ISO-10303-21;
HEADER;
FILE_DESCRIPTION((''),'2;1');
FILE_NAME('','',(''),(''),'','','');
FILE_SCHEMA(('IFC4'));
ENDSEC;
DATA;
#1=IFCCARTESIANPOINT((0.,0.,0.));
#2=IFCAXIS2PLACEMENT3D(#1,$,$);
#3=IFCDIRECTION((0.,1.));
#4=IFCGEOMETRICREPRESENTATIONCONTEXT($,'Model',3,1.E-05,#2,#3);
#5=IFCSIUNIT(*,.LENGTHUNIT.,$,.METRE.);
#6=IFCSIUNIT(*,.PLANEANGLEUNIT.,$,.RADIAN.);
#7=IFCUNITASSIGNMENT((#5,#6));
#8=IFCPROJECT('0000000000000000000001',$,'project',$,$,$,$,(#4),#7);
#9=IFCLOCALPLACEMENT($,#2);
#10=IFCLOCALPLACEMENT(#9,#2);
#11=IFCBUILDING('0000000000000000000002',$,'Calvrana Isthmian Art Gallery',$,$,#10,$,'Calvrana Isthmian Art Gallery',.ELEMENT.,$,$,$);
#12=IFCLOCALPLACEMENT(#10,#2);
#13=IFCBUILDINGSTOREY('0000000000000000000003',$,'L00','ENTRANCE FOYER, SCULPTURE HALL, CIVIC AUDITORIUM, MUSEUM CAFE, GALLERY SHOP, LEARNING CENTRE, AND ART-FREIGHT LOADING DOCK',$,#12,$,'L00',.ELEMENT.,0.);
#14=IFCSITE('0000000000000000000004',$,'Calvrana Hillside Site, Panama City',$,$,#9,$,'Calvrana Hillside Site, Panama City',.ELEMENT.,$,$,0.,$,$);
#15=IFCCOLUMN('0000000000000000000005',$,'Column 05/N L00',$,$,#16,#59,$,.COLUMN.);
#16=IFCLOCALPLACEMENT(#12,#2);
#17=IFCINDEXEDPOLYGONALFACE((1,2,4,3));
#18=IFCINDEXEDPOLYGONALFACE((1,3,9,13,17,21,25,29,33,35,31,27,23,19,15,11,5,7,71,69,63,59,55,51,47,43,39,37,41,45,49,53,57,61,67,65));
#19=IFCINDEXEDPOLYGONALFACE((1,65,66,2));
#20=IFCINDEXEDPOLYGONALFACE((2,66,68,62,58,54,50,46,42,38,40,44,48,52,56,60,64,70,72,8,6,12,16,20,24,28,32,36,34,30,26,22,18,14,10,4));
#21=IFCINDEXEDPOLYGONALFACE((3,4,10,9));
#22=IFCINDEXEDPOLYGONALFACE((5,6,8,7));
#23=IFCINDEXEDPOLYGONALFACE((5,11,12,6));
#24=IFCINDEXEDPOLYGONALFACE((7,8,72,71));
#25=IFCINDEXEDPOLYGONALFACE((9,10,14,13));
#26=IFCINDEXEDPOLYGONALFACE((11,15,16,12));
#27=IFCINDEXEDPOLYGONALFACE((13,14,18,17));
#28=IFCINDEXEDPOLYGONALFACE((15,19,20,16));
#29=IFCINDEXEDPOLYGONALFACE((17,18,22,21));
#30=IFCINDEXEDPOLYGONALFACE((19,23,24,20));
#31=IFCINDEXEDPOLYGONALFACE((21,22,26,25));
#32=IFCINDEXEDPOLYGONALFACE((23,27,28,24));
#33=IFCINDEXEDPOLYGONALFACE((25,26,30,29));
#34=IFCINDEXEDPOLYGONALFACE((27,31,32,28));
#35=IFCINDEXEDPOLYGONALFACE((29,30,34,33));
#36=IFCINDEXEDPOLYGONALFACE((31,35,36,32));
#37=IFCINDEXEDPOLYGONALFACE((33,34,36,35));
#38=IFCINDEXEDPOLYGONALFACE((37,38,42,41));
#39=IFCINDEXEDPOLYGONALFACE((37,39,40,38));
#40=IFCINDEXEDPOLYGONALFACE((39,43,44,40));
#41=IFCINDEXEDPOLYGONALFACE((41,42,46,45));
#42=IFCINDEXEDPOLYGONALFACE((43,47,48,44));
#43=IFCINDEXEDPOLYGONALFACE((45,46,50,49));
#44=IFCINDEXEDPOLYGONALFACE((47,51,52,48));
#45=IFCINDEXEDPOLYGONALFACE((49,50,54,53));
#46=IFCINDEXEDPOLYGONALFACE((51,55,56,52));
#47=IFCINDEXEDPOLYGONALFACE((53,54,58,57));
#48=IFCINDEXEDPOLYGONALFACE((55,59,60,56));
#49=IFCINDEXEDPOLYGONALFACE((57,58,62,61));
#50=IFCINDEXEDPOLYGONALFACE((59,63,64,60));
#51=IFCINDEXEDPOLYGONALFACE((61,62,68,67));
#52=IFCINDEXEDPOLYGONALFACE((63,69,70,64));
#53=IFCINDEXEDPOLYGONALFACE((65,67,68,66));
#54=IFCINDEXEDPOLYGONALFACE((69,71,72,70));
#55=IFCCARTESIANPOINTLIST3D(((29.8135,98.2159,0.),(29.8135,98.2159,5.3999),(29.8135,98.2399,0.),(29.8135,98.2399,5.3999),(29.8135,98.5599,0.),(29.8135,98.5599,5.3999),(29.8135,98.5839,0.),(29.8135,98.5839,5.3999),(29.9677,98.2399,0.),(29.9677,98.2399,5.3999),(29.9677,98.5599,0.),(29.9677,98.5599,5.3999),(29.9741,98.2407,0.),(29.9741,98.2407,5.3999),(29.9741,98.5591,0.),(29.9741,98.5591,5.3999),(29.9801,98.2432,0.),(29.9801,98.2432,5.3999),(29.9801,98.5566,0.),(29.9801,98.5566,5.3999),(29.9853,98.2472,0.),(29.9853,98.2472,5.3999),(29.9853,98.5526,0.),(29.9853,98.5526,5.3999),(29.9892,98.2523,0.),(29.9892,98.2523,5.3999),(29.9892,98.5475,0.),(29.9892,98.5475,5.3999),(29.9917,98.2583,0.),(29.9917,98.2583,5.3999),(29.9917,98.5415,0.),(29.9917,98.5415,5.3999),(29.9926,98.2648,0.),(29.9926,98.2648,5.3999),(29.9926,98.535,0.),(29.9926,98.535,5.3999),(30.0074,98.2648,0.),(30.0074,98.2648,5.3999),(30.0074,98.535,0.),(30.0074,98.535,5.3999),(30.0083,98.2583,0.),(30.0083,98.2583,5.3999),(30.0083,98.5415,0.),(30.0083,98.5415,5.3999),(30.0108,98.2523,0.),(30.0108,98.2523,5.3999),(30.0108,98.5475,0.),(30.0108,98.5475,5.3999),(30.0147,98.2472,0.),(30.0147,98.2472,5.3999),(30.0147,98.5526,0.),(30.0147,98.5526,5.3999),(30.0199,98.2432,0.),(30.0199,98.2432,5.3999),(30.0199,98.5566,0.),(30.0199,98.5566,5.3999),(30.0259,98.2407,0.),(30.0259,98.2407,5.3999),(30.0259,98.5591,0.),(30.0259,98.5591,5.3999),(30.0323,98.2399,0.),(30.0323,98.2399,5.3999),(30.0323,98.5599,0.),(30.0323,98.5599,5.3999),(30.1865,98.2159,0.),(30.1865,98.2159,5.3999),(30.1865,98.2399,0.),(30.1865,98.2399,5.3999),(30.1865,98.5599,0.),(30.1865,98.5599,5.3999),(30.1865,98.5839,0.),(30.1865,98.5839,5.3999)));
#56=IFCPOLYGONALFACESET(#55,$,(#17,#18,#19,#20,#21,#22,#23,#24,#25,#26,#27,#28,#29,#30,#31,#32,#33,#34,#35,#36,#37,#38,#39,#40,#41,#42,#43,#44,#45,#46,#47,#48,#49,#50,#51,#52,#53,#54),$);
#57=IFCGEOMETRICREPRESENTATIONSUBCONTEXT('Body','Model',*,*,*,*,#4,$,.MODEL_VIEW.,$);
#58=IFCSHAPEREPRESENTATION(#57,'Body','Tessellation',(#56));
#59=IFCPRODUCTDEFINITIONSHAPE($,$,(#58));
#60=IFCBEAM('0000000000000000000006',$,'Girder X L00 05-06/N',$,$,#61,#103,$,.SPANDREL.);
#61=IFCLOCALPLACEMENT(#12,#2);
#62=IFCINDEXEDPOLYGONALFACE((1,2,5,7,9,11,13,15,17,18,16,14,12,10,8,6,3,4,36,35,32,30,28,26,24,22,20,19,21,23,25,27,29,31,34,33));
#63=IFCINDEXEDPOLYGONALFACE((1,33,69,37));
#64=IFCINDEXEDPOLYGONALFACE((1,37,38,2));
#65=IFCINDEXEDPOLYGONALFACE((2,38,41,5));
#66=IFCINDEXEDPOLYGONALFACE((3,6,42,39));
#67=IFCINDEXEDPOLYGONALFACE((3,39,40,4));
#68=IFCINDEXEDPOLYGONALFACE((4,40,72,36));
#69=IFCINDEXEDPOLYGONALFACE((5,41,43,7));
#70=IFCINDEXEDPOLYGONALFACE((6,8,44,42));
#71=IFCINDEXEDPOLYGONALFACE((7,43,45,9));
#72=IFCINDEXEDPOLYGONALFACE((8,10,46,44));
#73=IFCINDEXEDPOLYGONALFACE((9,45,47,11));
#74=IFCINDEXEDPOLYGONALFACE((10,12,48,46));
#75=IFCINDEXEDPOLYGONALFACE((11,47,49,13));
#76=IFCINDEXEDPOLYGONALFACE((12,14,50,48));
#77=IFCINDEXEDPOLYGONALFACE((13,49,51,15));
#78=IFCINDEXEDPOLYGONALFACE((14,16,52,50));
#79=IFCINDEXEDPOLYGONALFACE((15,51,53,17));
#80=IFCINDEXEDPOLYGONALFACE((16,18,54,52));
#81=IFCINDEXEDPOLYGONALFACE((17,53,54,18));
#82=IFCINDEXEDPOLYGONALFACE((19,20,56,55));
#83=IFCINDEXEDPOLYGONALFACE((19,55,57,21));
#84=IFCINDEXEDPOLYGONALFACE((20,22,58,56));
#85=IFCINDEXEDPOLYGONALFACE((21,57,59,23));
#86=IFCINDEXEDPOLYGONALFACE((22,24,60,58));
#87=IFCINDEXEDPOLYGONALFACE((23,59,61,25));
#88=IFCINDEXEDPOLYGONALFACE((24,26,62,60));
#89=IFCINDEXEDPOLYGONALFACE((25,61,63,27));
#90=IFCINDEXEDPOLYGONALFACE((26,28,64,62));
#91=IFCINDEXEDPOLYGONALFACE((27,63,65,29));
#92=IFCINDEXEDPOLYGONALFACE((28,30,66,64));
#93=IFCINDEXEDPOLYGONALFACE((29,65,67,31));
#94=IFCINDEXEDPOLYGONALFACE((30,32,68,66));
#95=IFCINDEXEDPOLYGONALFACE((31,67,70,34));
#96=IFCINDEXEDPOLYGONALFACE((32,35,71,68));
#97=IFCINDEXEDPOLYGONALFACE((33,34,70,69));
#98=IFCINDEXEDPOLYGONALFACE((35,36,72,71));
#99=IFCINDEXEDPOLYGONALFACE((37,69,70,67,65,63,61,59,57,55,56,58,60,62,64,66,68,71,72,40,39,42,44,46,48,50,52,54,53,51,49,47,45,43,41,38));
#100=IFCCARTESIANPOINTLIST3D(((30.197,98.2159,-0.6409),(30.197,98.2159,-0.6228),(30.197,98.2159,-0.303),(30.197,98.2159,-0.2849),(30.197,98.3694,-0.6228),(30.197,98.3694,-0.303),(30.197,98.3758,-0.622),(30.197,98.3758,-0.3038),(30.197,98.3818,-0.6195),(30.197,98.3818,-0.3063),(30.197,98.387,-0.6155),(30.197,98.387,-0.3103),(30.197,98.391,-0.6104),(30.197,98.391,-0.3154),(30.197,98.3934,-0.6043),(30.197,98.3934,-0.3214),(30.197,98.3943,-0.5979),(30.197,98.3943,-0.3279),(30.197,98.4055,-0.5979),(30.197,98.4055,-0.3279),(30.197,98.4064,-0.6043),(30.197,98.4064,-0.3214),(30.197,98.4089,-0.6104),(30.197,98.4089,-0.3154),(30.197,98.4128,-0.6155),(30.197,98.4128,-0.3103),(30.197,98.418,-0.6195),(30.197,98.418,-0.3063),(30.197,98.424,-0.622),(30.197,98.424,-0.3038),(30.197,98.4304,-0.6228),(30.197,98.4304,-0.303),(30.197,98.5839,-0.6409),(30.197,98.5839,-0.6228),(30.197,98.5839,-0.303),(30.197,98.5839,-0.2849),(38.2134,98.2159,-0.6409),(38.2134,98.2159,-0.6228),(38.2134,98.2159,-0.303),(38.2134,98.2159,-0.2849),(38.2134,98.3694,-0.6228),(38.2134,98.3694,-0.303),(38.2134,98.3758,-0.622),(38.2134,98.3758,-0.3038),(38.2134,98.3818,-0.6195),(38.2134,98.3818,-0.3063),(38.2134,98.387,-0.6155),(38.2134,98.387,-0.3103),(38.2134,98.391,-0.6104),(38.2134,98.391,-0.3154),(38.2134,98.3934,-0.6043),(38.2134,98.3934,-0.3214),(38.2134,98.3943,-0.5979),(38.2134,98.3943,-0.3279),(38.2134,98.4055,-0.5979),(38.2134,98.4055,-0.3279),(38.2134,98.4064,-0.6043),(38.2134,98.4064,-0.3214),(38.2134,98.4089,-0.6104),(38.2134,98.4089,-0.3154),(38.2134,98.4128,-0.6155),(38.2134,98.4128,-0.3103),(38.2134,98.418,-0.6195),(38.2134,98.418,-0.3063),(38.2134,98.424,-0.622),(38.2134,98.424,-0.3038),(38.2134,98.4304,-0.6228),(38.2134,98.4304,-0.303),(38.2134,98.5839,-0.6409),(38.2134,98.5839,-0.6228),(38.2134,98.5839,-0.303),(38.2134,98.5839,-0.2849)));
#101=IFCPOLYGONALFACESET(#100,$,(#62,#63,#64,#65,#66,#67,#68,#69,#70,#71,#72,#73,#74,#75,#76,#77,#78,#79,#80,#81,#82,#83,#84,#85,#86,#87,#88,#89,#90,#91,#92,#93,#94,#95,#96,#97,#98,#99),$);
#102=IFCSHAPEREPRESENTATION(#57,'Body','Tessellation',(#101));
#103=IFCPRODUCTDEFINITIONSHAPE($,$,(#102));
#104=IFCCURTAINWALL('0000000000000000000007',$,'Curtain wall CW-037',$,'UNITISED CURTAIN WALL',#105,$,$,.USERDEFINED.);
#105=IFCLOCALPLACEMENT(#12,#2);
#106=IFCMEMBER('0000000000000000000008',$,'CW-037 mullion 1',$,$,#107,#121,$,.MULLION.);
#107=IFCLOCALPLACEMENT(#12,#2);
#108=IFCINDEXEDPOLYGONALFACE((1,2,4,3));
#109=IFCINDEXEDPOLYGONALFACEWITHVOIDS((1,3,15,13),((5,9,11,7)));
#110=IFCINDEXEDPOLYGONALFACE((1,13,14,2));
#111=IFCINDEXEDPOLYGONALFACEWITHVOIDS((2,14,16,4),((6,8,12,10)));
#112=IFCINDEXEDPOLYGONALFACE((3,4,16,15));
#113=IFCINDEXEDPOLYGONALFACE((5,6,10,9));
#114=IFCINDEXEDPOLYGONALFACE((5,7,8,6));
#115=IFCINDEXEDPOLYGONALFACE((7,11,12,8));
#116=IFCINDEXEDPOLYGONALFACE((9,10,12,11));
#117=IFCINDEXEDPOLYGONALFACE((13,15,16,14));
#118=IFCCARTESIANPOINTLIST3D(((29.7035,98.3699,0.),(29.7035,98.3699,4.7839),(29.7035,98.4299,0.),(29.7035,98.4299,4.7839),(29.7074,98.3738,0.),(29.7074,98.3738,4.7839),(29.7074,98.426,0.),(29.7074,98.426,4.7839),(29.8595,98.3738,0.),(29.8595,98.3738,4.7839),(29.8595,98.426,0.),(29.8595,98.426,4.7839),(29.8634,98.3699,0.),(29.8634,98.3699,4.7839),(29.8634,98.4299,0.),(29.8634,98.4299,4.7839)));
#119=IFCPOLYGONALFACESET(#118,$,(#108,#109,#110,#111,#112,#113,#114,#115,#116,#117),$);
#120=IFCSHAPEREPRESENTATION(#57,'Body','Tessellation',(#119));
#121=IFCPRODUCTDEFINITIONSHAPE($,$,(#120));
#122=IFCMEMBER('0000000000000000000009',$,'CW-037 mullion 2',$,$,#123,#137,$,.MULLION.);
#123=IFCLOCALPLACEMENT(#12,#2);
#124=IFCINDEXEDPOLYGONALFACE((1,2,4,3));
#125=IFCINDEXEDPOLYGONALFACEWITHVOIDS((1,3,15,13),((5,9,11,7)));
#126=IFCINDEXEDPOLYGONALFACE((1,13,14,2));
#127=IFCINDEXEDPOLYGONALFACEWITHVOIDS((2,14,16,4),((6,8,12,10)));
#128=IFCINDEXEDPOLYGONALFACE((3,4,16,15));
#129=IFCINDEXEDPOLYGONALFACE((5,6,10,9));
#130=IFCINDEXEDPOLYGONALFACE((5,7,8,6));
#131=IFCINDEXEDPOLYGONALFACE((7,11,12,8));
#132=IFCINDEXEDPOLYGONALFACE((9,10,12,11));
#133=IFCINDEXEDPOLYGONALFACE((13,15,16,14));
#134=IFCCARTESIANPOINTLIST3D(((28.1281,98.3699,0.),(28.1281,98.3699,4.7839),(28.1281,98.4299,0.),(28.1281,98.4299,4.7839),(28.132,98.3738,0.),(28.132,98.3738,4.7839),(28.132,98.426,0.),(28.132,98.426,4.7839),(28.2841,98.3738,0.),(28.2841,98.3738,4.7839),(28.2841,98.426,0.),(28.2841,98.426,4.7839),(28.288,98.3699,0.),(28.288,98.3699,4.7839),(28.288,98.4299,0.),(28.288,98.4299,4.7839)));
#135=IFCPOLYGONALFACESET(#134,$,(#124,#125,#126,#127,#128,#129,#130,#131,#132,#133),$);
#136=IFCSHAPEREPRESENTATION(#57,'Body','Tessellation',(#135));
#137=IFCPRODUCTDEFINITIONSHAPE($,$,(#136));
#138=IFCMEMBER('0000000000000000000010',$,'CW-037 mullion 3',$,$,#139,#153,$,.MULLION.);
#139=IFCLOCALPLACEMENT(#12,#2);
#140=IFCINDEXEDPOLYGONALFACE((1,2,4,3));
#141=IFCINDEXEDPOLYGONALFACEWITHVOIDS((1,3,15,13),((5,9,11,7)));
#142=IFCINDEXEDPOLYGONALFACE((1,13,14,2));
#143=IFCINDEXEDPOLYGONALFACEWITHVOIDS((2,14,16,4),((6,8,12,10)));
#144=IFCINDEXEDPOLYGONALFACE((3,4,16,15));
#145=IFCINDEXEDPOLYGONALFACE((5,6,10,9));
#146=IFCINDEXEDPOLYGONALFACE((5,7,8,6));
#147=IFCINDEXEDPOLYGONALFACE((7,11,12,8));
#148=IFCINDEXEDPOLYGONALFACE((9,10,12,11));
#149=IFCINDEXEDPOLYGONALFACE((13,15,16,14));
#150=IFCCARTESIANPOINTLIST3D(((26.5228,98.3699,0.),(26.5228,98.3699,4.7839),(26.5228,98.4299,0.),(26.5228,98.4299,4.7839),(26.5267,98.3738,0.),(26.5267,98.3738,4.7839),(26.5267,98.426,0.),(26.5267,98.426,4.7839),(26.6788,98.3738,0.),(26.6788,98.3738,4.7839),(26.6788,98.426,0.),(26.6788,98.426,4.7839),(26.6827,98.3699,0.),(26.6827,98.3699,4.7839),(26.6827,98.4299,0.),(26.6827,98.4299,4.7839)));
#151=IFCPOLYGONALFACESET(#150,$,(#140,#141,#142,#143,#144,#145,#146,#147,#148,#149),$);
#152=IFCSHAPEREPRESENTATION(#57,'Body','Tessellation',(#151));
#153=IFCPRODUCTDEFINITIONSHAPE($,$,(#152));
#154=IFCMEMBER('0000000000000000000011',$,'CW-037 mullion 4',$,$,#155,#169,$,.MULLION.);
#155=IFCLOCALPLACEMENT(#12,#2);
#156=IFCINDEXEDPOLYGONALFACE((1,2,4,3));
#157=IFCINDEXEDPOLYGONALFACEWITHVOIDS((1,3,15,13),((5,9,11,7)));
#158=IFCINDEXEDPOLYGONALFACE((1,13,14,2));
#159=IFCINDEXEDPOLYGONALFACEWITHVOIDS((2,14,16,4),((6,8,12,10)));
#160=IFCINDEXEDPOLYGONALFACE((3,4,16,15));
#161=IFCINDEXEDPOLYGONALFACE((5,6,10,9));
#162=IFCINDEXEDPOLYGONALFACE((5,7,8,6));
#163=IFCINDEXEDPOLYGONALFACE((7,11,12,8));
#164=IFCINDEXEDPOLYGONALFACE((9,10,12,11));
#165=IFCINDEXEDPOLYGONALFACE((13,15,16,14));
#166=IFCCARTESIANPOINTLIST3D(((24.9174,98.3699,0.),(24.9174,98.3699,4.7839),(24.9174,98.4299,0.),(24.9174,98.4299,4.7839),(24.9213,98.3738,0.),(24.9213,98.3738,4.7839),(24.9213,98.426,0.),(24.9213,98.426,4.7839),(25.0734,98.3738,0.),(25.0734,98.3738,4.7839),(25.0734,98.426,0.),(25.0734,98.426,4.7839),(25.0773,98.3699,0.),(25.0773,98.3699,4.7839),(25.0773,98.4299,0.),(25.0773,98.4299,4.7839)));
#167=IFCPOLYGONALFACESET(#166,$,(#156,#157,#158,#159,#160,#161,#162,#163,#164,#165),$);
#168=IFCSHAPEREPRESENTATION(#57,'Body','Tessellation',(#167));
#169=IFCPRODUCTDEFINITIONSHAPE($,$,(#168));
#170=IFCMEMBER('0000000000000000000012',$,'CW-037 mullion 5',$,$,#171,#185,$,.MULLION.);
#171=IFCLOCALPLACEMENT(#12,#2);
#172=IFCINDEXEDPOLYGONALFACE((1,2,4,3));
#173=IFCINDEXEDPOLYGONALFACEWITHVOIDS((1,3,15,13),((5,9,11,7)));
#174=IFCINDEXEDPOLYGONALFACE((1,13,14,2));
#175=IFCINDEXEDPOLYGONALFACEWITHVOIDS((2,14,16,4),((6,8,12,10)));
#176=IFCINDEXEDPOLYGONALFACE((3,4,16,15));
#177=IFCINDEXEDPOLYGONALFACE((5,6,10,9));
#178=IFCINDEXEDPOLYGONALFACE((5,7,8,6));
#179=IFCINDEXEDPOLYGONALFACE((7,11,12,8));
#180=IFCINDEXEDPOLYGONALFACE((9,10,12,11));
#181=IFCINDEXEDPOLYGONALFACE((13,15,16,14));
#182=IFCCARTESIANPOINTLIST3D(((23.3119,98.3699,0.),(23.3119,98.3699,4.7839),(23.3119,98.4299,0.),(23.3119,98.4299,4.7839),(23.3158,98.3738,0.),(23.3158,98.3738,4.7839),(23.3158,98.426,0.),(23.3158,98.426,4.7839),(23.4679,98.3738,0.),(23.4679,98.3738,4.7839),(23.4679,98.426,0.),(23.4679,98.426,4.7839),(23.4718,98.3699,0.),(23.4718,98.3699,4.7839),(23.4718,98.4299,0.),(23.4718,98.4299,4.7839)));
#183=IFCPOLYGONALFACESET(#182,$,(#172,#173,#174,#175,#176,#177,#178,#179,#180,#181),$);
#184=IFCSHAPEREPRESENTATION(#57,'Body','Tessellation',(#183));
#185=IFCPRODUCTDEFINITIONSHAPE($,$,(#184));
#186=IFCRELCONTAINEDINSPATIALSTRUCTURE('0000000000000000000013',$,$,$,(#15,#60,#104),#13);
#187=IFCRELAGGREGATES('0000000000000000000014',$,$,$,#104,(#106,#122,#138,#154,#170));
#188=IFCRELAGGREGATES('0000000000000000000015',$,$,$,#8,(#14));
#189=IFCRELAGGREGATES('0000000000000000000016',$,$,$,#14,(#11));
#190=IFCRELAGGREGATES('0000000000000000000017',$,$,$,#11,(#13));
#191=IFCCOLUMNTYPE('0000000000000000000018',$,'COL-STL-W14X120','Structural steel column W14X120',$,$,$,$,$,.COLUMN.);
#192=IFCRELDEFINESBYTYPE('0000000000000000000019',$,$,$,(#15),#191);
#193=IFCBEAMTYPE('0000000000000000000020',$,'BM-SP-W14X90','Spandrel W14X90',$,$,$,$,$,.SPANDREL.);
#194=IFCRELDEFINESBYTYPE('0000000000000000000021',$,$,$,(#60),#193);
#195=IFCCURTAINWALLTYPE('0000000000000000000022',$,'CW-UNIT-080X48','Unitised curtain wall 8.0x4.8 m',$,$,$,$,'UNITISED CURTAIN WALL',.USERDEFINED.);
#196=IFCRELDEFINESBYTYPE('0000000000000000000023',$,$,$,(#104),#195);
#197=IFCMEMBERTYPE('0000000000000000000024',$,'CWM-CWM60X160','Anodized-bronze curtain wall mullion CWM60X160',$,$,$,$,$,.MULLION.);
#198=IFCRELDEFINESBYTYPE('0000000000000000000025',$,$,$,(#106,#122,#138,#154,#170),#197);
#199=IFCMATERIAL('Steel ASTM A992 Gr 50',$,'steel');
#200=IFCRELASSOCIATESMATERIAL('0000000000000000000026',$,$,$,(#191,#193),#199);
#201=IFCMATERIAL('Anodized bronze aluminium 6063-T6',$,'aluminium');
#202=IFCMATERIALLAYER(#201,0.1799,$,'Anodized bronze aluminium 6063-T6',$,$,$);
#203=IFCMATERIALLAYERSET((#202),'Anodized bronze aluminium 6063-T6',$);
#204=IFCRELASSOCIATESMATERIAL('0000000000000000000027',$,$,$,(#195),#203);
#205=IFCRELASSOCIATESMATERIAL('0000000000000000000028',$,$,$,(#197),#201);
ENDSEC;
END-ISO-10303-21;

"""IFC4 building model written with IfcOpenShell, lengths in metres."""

from ifc_helpers import new_model, si_unit, direction, frame, origin, origin_2d, place, context, subcontext, project, spatial, hollow_rectangle, i_section, extrude, material, layer, layer_set, material_profile, profile_set, type_object, element, aggregate, save


model = new_model("IFC4")

# Units and contexts
model_context = context("Model", 3, precision=1e-05, world=origin(), true_north=direction((0.0, 1.0)))
body_context = subcontext(model_context, "Body", "Model", "MODEL_VIEW")
ifc_project = project(units=[si_unit("LENGTHUNIT", "METRE"), si_unit("PLANEANGLEUNIT", "RADIAN")], contexts=[model_context])

# Site, building, storey
site_placement = place(None, origin())
site = spatial("IfcSite", under=ifc_project, at=site_placement, Name="Calvrana Hillside Site, Panama City", LongName="Calvrana Hillside Site, Panama City", CompositionType="ELEMENT", RefElevation=0.0)
building_placement = place(site_placement, origin())
building = spatial("IfcBuilding", under=site, at=building_placement, Name="Calvrana Isthmian Art Gallery", LongName="Calvrana Isthmian Art Gallery", CompositionType="ELEMENT")
storey_placement = place(building_placement, origin())
storey = spatial("IfcBuildingStorey", under=building, at=storey_placement, Name="L00", Description="ENTRANCE FOYER, SCULPTURE HALL, CIVIC AUDITORIUM, MUSEUM CAFE, GALLERY SHOP, LEARNING CENTRE, AND ART-FREIGHT LOADING DOCK", LongName="L00", CompositionType="ELEMENT", Elevation=0.0)

# Column
ifc_material_1 = material(Name="Steel ASTM A992 Gr 50", Category="steel")
ifc_material_profile_1 = material_profile(ifc_material_1, i_section(OverallWidth=0.373, OverallDepth=0.3679, WebThickness=0.0149, FlangeThickness=0.0239, FilletRadius=0.0249, at=origin_2d()), Name="W14X120")
ifc_profile_set_1 = profile_set([ifc_material_profile_1], Name="Steel ASTM A992 Gr 50")
column_type = type_object("IfcColumnType", Name="COL-STL-W14X120", Description="Structural steel column W14X120", PredefinedType="COLUMN", material=ifc_profile_set_1)
column_placement = place(storey_placement, frame((30.0, 98.3999, 0.0), z_axis=(0.0, 0.0, 1.0), x_axis=(1.0, 0.0, 0.0)))
element("IfcColumn", 1, at=column_placement, inside=storey, type_object=column_type, Name="Column 05/N L00", PredefinedType="COLUMN", context=body_context, shape_type="SweptSolid", body=[
    extrude(i_section(OverallWidth=0.373, OverallDepth=0.3679, WebThickness=0.0149, FlangeThickness=0.0239, FilletRadius=0.0249, at=origin_2d()), origin(), (0.0, 0.0, 1.0), 5.3999),
])

# Beam
ifc_material_profile_2 = material_profile(ifc_material_1, i_section(OverallWidth=0.3679, OverallDepth=0.356, WebThickness=0.0112, FlangeThickness=0.0181, FilletRadius=0.0249, at=origin_2d()), Name="W14X90")
ifc_profile_set_2 = profile_set([ifc_material_profile_2], Name="Steel ASTM A992 Gr 50")
beam_type = type_object("IfcBeamType", Name="BM-SP-W14X90", Description="Spandrel W14X90", PredefinedType="SPANDREL", material=ifc_profile_set_2)
beam_placement = place(storey_placement, frame((30.197, 98.3999, -0.4629), z_axis=(1.0, 0.0, 0.0), x_axis=(0.0, 1.0, 0.0)))
element("IfcBeam", 2, at=beam_placement, inside=storey, type_object=beam_type, Name="Girder X L00 05-06/N", PredefinedType="SPANDREL", context=body_context, shape_type="SweptSolid", body=[
    extrude(i_section(OverallWidth=0.3679, OverallDepth=0.356, WebThickness=0.0112, FlangeThickness=0.0181, FilletRadius=0.0249, at=origin_2d()), origin(), (0.0, 0.0, 1.0), 8.0164),
])

# Curtain wall, members
ifc_material_2 = material(Name="Anodized bronze aluminium 6063-T6", Category="aluminium")
ifc_layer_1 = layer(ifc_material_2, 0.1799, Name="Anodized bronze aluminium 6063-T6")
ifc_layer_set_1 = layer_set([ifc_layer_1], Name="Anodized bronze aluminium 6063-T6")
curtain_wall_type = type_object("IfcCurtainWallType", Name="CW-UNIT-080X48", Description="Unitised curtain wall 8.0x4.8 m", ElementType="UNITISED CURTAIN WALL", PredefinedType="USERDEFINED", material=ifc_layer_set_1)
curtain_wall_placement = place(storey_placement, origin())
curtain_wall = element("IfcCurtainWall", 3, at=curtain_wall_placement, inside=storey, type_object=curtain_wall_type, Name="Curtain wall CW-037", ObjectType="UNITISED CURTAIN WALL", PredefinedType="USERDEFINED")
ifc_material_profile_3 = material_profile(ifc_material_2, hollow_rectangle(XDim=0.0601, YDim=0.1599, WallThickness=0.0039, at=origin_2d()), Name="CWM60X160")
ifc_profile_set_3 = profile_set([ifc_material_profile_3], Name="Anodized bronze aluminium 6063-T6")
member_type_1 = type_object("IfcMemberType", Name="CWM-CWM60X160", Description="Anodized-bronze curtain wall mullion CWM60X160", PredefinedType="MULLION", material=ifc_profile_set_3)
member_1_placement = place(storey_placement, frame((29.7834, 98.3999, 0.0), z_axis=(0.0, 0.0, 1.0), x_axis=(0.0, -1.0, 0.0)))
member_1 = element("IfcMember", 4, at=member_1_placement, type_object=member_type_1, Name="CW-037 mullion 1", PredefinedType="MULLION", context=body_context, shape_type="SweptSolid", body=[
    extrude(hollow_rectangle(XDim=0.0601, YDim=0.1599, WallThickness=0.0039, at=origin_2d()), origin(), (0.0, 0.0, 1.0), 4.7839),
])
member_2_placement = place(storey_placement, frame((28.208, 98.3999, 0.0), z_axis=(0.0, 0.0, 1.0), x_axis=(0.0, -1.0, 0.0)))
member_2 = element("IfcMember", 5, at=member_2_placement, type_object=member_type_1, Name="CW-037 mullion 2", PredefinedType="MULLION", context=body_context, shape_type="SweptSolid", body=[
    extrude(hollow_rectangle(XDim=0.0601, YDim=0.1599, WallThickness=0.0039, at=origin_2d()), origin(), (0.0, 0.0, 1.0), 4.7839),
])
member_3_placement = place(storey_placement, frame((26.6028, 98.3999, 0.0), z_axis=(0.0, 0.0, 1.0), x_axis=(0.0, -1.0, 0.0)))
member_3 = element("IfcMember", 6, at=member_3_placement, type_object=member_type_1, Name="CW-037 mullion 3", PredefinedType="MULLION", context=body_context, shape_type="SweptSolid", body=[
    extrude(hollow_rectangle(XDim=0.0601, YDim=0.1599, WallThickness=0.0039, at=origin_2d()), origin(), (0.0, 0.0, 1.0), 4.7839),
])
member_4_placement = place(storey_placement, frame((24.9973, 98.3999, 0.0), z_axis=(0.0, 0.0, 1.0), x_axis=(0.0, -1.0, 0.0)))
member_4 = element("IfcMember", 7, at=member_4_placement, type_object=member_type_1, Name="CW-037 mullion 4", PredefinedType="MULLION", context=body_context, shape_type="SweptSolid", body=[
    extrude(hollow_rectangle(XDim=0.0601, YDim=0.1599, WallThickness=0.0039, at=origin_2d()), origin(), (0.0, 0.0, 1.0), 4.7839),
])
member_5_placement = place(storey_placement, frame((23.3918, 98.3999, 0.0), z_axis=(0.0, 0.0, 1.0), x_axis=(0.0, -1.0, 0.0)))
member_5 = element("IfcMember", 8, at=member_5_placement, type_object=member_type_1, Name="CW-037 mullion 5", PredefinedType="MULLION", context=body_context, shape_type="SweptSolid", body=[
    extrude(hollow_rectangle(XDim=0.0601, YDim=0.1599, WallThickness=0.0039, at=origin_2d()), origin(), (0.0, 0.0, 1.0), 4.7839),
])
aggregate(curtain_wall, [member_1, member_2, member_3, member_4, member_5])

save(model, "model.ifc")
